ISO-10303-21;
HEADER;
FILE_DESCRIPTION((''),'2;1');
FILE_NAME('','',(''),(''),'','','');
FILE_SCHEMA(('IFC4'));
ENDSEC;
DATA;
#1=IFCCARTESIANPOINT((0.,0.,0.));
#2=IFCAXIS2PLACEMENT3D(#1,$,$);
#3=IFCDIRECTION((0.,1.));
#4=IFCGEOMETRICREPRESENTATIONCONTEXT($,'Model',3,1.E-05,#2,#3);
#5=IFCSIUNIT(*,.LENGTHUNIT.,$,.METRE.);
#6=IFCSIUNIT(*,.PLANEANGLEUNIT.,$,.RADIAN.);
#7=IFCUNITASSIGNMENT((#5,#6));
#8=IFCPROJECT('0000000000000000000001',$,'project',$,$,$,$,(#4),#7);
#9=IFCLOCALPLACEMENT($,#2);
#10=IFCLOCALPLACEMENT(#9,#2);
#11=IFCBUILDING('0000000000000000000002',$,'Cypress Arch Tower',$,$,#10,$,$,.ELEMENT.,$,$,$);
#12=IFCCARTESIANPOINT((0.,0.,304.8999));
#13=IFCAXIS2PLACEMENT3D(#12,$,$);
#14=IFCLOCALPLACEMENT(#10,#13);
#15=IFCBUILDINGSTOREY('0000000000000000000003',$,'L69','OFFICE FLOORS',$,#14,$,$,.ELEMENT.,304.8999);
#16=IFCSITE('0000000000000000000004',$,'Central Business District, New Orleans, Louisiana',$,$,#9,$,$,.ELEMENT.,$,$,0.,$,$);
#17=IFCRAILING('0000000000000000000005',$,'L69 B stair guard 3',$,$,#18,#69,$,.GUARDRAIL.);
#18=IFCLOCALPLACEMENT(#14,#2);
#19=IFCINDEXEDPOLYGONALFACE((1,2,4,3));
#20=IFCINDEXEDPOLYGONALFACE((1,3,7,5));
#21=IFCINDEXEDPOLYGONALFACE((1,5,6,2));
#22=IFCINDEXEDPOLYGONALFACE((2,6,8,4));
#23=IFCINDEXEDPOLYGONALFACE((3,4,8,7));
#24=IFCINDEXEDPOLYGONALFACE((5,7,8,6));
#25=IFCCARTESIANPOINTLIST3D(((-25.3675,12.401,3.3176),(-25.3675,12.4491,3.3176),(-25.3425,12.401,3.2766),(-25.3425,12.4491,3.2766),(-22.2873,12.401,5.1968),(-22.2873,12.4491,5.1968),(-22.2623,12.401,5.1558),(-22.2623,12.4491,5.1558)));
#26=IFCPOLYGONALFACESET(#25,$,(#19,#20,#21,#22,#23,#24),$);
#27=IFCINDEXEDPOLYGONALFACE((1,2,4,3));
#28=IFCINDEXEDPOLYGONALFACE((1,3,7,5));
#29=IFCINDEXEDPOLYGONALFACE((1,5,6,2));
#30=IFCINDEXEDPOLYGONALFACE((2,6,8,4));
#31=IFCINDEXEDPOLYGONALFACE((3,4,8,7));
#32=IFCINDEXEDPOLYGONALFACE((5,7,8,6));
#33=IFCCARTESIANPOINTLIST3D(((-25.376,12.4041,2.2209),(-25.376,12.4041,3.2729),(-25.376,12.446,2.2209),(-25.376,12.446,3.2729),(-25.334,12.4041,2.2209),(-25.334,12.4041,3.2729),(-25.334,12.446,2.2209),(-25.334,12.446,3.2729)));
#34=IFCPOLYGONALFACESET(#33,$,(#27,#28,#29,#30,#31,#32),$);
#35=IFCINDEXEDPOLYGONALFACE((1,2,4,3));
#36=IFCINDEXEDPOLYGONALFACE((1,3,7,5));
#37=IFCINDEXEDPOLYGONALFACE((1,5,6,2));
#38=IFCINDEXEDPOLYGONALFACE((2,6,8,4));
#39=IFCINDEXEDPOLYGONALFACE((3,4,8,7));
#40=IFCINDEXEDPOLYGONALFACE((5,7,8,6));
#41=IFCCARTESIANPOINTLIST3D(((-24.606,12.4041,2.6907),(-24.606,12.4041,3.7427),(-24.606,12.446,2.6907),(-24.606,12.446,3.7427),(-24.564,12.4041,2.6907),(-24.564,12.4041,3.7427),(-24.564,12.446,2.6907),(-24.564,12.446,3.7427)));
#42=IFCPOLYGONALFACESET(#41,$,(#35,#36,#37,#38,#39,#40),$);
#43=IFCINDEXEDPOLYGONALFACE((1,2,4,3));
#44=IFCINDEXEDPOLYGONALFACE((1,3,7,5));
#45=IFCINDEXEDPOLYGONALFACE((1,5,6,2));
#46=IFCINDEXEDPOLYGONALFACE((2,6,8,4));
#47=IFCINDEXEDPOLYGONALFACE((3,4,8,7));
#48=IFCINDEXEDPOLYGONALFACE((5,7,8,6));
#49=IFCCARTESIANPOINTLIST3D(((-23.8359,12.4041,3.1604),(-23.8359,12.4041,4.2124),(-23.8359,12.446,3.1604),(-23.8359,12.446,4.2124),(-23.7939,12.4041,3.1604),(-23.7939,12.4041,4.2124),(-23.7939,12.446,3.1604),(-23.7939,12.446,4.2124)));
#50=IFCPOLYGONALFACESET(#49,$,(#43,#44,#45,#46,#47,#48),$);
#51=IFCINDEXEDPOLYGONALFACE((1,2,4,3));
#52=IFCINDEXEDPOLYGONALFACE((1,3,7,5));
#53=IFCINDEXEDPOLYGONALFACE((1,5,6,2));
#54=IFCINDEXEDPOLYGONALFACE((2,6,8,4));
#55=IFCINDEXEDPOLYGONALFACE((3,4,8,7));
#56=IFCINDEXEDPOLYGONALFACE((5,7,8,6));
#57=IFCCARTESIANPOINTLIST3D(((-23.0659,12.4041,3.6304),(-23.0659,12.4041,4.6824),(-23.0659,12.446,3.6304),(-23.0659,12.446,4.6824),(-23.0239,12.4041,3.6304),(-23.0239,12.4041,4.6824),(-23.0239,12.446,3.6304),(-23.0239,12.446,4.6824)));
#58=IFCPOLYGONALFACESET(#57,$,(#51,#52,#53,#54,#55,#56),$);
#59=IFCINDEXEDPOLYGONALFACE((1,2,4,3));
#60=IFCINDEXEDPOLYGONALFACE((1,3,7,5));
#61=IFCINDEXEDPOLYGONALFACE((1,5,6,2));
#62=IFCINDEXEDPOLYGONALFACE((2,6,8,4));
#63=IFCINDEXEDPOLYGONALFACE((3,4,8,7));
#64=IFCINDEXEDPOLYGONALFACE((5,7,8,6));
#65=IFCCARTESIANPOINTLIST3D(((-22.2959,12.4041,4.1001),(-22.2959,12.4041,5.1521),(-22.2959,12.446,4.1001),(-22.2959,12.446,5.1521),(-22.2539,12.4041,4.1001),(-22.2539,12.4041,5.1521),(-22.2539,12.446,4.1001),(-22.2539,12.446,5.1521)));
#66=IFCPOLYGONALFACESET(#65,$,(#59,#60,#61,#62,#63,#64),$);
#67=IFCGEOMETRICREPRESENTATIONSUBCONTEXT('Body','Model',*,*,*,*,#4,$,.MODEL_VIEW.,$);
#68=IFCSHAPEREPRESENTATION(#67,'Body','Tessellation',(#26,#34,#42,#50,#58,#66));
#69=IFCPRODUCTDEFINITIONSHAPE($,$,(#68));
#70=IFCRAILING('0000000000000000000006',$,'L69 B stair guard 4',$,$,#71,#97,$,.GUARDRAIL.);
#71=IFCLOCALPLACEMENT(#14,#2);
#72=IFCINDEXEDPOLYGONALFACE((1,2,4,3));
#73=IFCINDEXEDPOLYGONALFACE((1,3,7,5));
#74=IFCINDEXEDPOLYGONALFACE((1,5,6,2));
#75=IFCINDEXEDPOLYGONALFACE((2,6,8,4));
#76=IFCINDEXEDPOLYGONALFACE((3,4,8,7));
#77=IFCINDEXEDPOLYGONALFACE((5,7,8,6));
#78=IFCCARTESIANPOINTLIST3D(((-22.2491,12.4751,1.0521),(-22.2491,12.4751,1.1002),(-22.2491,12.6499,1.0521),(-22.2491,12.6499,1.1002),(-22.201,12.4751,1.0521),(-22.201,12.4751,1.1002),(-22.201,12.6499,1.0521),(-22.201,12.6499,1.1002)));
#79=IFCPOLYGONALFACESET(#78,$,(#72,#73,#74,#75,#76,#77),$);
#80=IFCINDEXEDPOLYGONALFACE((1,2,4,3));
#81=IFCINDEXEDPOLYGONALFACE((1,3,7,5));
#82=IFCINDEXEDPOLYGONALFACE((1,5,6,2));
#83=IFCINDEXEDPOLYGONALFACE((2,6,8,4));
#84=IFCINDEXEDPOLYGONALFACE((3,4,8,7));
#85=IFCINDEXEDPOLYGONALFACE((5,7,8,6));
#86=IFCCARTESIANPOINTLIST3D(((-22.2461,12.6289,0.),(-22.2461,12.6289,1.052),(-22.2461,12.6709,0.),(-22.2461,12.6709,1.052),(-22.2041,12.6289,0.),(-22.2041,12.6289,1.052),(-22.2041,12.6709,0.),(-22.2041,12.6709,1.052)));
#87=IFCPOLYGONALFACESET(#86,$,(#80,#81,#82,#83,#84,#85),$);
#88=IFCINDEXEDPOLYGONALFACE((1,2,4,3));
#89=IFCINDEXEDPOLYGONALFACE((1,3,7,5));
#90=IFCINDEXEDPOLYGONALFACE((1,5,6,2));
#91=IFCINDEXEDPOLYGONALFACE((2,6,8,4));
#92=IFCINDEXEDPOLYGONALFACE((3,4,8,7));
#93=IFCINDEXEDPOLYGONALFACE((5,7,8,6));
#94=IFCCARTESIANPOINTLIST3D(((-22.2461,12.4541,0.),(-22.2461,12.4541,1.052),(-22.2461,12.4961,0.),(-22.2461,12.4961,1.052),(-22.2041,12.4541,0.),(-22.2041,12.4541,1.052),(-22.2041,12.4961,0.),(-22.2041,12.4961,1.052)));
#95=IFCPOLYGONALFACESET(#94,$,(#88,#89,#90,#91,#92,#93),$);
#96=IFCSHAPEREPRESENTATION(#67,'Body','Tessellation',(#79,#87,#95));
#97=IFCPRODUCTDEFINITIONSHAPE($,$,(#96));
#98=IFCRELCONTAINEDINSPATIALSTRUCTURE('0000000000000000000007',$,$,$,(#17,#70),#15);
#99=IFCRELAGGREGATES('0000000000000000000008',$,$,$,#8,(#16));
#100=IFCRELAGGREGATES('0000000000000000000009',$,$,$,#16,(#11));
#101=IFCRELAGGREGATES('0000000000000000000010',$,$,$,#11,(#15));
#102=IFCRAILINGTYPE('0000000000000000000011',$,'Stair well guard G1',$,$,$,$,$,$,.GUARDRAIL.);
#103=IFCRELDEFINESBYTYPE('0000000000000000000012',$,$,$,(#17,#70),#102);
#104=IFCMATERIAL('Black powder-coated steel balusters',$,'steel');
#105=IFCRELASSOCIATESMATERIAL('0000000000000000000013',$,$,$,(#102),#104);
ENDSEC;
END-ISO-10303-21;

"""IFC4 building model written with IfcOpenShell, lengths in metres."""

from ifc_helpers import new_model, si_unit, direction, frame, origin, origin_2d, place, context, subcontext, project, spatial, rectangle, extrude, material, type_object, element, save


model = new_model("IFC4")

# Units and contexts
model_context = context("Model", 3, precision=1e-05, world=origin(), true_north=direction((0.0, 1.0)))
body_context = subcontext(model_context, "Body", "Model", "MODEL_VIEW")
ifc_project = project(units=[si_unit("LENGTHUNIT", "METRE"), si_unit("PLANEANGLEUNIT", "RADIAN")], contexts=[model_context])

# Site, building, storey
site_placement = place(None, origin())
site = spatial("IfcSite", under=ifc_project, at=site_placement, Name="Central Business District, New Orleans, Louisiana", CompositionType="ELEMENT", RefElevation=0.0)
building_placement = place(site_placement, origin())
building = spatial("IfcBuilding", under=site, at=building_placement, Name="Cypress Arch Tower", CompositionType="ELEMENT")
storey_placement = place(building_placement, frame((0.0, 0.0, 304.8999)))
storey = spatial("IfcBuildingStorey", under=building, at=storey_placement, Name="L69", Description="OFFICE FLOORS", CompositionType="ELEMENT", Elevation=304.8999)

# Railings
ifc_material_1 = material(Name="Black powder-coated steel balusters", Category="steel")
railing_type_1 = type_object("IfcRailingType", Name="Stair well guard G1", PredefinedType="GUARDRAIL", material=ifc_material_1)
railing_1_placement = place(storey_placement, frame((-25.355, 12.425, 2.2209)))
element("IfcRailing", 1, at=railing_1_placement, inside=storey, type_object=railing_type_1, Name="L69 B stair guard 3", PredefinedType="GUARDRAIL", context=body_context, shape_type="SweptSolid", body=[
    extrude(rectangle(XDim=0.0481, YDim=0.0481, at=origin_2d()), frame((0.0, 0.0, 1.0762), z_axis=(0.853666, 0.0, 0.52082), x_axis=(0.0, 1.0, 0.0)), (0.0, 0.0, 1.0), 3.6082),
    extrude(rectangle(XDim=0.042, YDim=0.042, at=origin_2d()), origin(), (0.0, 0.0, 1.0), 1.052),
    extrude(rectangle(XDim=0.042, YDim=0.042, at=origin_2d()), frame((0.77, 0.0, 0.4697)), (0.0, 0.0, 1.0), 1.052),
    extrude(rectangle(XDim=0.042, YDim=0.042, at=origin_2d()), frame((1.54, 0.0, 0.9395)), (0.0, 0.0, 1.0), 1.052),
    extrude(rectangle(XDim=0.042, YDim=0.042, at=origin_2d()), frame((2.3101, 0.0, 1.4094)), (0.0, 0.0, 1.0), 1.052),
    extrude(rectangle(XDim=0.042, YDim=0.042, at=origin_2d()), frame((3.0801, 0.0, 1.8792)), (0.0, 0.0, 1.0), 1.052),
])
railing_2_placement = place(storey_placement, frame((-22.2251, 12.6499, 0.0)))
element("IfcRailing", 2, at=railing_2_placement, inside=storey, type_object=railing_type_1, Name="L69 B stair guard 4", PredefinedType="GUARDRAIL", context=body_context, shape_type="SweptSolid", body=[
    extrude(rectangle(XDim=0.0481, YDim=0.0481, at=origin_2d()), frame((0.0, 0.0, 1.0762), z_axis=(0.0, -1.0, 0.0), x_axis=(1.0, 0.0, 0.0)), (0.0, 0.0, 1.0), 0.1748),
    extrude(rectangle(XDim=0.042, YDim=0.042, at=origin_2d()), origin(), (0.0, 0.0, 1.0), 1.052),
    extrude(rectangle(XDim=0.042, YDim=0.042, at=origin_2d()), frame((0.0, -0.1748, 0.0)), (0.0, 0.0, 1.0), 1.052),
])

save(model, "model.ifc")
